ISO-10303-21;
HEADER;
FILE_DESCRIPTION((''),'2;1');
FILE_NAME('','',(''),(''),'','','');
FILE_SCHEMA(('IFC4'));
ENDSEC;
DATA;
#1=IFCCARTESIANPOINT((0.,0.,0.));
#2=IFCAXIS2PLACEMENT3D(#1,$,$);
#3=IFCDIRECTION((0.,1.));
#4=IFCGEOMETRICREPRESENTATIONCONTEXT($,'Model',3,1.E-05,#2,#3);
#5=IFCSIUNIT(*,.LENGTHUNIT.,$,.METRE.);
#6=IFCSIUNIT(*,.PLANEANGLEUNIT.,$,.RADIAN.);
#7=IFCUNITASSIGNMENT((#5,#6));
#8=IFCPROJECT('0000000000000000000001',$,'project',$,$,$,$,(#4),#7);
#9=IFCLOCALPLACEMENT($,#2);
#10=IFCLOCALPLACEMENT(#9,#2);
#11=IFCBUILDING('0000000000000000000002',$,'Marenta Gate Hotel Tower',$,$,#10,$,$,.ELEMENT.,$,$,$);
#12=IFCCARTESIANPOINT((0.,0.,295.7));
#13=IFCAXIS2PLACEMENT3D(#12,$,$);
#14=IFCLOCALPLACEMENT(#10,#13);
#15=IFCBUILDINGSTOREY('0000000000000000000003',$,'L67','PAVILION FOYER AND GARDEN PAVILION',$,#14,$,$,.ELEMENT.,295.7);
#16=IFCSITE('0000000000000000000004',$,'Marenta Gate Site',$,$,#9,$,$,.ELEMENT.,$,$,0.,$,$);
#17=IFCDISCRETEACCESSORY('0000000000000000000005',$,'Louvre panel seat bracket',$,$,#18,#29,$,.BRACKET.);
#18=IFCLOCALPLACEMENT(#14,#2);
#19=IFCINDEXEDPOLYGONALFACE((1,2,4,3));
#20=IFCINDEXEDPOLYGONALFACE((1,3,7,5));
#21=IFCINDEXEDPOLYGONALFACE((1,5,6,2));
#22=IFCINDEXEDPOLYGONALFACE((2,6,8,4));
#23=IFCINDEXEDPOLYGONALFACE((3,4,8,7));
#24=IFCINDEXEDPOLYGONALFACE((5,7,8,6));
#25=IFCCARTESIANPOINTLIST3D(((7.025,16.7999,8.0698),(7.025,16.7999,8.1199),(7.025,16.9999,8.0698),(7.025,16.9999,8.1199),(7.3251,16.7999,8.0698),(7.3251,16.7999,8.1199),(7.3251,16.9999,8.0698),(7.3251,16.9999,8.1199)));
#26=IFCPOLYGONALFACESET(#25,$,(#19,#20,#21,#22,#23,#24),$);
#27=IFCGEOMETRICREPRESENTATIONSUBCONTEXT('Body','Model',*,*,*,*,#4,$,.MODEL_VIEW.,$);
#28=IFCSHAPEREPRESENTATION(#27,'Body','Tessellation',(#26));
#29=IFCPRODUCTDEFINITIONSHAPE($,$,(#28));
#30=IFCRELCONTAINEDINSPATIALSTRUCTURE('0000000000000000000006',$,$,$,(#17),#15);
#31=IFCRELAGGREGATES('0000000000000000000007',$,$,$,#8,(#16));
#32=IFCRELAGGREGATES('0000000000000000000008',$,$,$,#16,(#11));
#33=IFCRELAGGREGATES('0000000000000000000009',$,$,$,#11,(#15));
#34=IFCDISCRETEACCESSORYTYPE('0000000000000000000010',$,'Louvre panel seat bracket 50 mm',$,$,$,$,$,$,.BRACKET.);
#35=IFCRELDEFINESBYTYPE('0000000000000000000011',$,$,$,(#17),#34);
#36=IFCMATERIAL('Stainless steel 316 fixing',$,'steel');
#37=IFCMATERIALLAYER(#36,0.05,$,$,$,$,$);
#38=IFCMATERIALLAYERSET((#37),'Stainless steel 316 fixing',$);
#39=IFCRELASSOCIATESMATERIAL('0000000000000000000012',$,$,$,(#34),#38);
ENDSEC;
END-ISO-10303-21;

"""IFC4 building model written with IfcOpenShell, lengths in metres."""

from ifc_helpers import new_model, si_unit, direction, frame, origin, origin_2d, place, context, subcontext, project, spatial, rectangle, extrude, material, layer, layer_set, type_object, element, save


model = new_model("IFC4")

# Units and contexts
model_context = context("Model", 3, precision=1e-05, world=origin(), true_north=direction((0.0, 1.0)))
body_context = subcontext(model_context, "Body", "Model", "MODEL_VIEW")
ifc_project = project(units=[si_unit("LENGTHUNIT", "METRE"), si_unit("PLANEANGLEUNIT", "RADIAN")], contexts=[model_context])

# Site, building, storey
site_placement = place(None, origin())
site = spatial("IfcSite", under=ifc_project, at=site_placement, Name="Marenta Gate Site", CompositionType="ELEMENT", RefElevation=0.0)
building_placement = place(site_placement, origin())
building = spatial("IfcBuilding", under=site, at=building_placement, Name="Marenta Gate Hotel Tower", CompositionType="ELEMENT")
storey_placement = place(building_placement, frame((0.0, 0.0, 295.7)))
storey = spatial("IfcBuildingStorey", under=building, at=storey_placement, Name="L67", Description="PAVILION FOYER AND GARDEN PAVILION", CompositionType="ELEMENT", Elevation=295.7)

# Discrete accessory
ifc_material_1 = material(Name="Stainless steel 316 fixing", Category="steel")
ifc_layer_1 = layer(ifc_material_1, 0.05)
ifc_layer_set_1 = layer_set([ifc_layer_1], Name="Stainless steel 316 fixing")
discrete_accessory_type = type_object("IfcDiscreteAccessoryType", Name="Louvre panel seat bracket 50 mm", PredefinedType="BRACKET", material=ifc_layer_set_1)
for number, where, z_axis, x_axis, name in (
    (1, (7.175, 16.8999, 8.0698), (0.0, 0.0, 1.0), (1.0, 0.0, 0.0), "Louvre panel seat bracket"),
):
    element("IfcDiscreteAccessory", number, at=place(storey_placement, frame(where, z_axis=z_axis, x_axis=x_axis)), inside=storey, type_object=discrete_accessory_type, Name=name, PredefinedType="BRACKET", context=body_context, shape_type="SweptSolid", body=[
        extrude(rectangle(XDim=0.3, YDim=0.2, at=origin_2d()), origin(), (0.0, 0.0, 1.0), 0.05),
    ])

save(model, "model.ifc")
